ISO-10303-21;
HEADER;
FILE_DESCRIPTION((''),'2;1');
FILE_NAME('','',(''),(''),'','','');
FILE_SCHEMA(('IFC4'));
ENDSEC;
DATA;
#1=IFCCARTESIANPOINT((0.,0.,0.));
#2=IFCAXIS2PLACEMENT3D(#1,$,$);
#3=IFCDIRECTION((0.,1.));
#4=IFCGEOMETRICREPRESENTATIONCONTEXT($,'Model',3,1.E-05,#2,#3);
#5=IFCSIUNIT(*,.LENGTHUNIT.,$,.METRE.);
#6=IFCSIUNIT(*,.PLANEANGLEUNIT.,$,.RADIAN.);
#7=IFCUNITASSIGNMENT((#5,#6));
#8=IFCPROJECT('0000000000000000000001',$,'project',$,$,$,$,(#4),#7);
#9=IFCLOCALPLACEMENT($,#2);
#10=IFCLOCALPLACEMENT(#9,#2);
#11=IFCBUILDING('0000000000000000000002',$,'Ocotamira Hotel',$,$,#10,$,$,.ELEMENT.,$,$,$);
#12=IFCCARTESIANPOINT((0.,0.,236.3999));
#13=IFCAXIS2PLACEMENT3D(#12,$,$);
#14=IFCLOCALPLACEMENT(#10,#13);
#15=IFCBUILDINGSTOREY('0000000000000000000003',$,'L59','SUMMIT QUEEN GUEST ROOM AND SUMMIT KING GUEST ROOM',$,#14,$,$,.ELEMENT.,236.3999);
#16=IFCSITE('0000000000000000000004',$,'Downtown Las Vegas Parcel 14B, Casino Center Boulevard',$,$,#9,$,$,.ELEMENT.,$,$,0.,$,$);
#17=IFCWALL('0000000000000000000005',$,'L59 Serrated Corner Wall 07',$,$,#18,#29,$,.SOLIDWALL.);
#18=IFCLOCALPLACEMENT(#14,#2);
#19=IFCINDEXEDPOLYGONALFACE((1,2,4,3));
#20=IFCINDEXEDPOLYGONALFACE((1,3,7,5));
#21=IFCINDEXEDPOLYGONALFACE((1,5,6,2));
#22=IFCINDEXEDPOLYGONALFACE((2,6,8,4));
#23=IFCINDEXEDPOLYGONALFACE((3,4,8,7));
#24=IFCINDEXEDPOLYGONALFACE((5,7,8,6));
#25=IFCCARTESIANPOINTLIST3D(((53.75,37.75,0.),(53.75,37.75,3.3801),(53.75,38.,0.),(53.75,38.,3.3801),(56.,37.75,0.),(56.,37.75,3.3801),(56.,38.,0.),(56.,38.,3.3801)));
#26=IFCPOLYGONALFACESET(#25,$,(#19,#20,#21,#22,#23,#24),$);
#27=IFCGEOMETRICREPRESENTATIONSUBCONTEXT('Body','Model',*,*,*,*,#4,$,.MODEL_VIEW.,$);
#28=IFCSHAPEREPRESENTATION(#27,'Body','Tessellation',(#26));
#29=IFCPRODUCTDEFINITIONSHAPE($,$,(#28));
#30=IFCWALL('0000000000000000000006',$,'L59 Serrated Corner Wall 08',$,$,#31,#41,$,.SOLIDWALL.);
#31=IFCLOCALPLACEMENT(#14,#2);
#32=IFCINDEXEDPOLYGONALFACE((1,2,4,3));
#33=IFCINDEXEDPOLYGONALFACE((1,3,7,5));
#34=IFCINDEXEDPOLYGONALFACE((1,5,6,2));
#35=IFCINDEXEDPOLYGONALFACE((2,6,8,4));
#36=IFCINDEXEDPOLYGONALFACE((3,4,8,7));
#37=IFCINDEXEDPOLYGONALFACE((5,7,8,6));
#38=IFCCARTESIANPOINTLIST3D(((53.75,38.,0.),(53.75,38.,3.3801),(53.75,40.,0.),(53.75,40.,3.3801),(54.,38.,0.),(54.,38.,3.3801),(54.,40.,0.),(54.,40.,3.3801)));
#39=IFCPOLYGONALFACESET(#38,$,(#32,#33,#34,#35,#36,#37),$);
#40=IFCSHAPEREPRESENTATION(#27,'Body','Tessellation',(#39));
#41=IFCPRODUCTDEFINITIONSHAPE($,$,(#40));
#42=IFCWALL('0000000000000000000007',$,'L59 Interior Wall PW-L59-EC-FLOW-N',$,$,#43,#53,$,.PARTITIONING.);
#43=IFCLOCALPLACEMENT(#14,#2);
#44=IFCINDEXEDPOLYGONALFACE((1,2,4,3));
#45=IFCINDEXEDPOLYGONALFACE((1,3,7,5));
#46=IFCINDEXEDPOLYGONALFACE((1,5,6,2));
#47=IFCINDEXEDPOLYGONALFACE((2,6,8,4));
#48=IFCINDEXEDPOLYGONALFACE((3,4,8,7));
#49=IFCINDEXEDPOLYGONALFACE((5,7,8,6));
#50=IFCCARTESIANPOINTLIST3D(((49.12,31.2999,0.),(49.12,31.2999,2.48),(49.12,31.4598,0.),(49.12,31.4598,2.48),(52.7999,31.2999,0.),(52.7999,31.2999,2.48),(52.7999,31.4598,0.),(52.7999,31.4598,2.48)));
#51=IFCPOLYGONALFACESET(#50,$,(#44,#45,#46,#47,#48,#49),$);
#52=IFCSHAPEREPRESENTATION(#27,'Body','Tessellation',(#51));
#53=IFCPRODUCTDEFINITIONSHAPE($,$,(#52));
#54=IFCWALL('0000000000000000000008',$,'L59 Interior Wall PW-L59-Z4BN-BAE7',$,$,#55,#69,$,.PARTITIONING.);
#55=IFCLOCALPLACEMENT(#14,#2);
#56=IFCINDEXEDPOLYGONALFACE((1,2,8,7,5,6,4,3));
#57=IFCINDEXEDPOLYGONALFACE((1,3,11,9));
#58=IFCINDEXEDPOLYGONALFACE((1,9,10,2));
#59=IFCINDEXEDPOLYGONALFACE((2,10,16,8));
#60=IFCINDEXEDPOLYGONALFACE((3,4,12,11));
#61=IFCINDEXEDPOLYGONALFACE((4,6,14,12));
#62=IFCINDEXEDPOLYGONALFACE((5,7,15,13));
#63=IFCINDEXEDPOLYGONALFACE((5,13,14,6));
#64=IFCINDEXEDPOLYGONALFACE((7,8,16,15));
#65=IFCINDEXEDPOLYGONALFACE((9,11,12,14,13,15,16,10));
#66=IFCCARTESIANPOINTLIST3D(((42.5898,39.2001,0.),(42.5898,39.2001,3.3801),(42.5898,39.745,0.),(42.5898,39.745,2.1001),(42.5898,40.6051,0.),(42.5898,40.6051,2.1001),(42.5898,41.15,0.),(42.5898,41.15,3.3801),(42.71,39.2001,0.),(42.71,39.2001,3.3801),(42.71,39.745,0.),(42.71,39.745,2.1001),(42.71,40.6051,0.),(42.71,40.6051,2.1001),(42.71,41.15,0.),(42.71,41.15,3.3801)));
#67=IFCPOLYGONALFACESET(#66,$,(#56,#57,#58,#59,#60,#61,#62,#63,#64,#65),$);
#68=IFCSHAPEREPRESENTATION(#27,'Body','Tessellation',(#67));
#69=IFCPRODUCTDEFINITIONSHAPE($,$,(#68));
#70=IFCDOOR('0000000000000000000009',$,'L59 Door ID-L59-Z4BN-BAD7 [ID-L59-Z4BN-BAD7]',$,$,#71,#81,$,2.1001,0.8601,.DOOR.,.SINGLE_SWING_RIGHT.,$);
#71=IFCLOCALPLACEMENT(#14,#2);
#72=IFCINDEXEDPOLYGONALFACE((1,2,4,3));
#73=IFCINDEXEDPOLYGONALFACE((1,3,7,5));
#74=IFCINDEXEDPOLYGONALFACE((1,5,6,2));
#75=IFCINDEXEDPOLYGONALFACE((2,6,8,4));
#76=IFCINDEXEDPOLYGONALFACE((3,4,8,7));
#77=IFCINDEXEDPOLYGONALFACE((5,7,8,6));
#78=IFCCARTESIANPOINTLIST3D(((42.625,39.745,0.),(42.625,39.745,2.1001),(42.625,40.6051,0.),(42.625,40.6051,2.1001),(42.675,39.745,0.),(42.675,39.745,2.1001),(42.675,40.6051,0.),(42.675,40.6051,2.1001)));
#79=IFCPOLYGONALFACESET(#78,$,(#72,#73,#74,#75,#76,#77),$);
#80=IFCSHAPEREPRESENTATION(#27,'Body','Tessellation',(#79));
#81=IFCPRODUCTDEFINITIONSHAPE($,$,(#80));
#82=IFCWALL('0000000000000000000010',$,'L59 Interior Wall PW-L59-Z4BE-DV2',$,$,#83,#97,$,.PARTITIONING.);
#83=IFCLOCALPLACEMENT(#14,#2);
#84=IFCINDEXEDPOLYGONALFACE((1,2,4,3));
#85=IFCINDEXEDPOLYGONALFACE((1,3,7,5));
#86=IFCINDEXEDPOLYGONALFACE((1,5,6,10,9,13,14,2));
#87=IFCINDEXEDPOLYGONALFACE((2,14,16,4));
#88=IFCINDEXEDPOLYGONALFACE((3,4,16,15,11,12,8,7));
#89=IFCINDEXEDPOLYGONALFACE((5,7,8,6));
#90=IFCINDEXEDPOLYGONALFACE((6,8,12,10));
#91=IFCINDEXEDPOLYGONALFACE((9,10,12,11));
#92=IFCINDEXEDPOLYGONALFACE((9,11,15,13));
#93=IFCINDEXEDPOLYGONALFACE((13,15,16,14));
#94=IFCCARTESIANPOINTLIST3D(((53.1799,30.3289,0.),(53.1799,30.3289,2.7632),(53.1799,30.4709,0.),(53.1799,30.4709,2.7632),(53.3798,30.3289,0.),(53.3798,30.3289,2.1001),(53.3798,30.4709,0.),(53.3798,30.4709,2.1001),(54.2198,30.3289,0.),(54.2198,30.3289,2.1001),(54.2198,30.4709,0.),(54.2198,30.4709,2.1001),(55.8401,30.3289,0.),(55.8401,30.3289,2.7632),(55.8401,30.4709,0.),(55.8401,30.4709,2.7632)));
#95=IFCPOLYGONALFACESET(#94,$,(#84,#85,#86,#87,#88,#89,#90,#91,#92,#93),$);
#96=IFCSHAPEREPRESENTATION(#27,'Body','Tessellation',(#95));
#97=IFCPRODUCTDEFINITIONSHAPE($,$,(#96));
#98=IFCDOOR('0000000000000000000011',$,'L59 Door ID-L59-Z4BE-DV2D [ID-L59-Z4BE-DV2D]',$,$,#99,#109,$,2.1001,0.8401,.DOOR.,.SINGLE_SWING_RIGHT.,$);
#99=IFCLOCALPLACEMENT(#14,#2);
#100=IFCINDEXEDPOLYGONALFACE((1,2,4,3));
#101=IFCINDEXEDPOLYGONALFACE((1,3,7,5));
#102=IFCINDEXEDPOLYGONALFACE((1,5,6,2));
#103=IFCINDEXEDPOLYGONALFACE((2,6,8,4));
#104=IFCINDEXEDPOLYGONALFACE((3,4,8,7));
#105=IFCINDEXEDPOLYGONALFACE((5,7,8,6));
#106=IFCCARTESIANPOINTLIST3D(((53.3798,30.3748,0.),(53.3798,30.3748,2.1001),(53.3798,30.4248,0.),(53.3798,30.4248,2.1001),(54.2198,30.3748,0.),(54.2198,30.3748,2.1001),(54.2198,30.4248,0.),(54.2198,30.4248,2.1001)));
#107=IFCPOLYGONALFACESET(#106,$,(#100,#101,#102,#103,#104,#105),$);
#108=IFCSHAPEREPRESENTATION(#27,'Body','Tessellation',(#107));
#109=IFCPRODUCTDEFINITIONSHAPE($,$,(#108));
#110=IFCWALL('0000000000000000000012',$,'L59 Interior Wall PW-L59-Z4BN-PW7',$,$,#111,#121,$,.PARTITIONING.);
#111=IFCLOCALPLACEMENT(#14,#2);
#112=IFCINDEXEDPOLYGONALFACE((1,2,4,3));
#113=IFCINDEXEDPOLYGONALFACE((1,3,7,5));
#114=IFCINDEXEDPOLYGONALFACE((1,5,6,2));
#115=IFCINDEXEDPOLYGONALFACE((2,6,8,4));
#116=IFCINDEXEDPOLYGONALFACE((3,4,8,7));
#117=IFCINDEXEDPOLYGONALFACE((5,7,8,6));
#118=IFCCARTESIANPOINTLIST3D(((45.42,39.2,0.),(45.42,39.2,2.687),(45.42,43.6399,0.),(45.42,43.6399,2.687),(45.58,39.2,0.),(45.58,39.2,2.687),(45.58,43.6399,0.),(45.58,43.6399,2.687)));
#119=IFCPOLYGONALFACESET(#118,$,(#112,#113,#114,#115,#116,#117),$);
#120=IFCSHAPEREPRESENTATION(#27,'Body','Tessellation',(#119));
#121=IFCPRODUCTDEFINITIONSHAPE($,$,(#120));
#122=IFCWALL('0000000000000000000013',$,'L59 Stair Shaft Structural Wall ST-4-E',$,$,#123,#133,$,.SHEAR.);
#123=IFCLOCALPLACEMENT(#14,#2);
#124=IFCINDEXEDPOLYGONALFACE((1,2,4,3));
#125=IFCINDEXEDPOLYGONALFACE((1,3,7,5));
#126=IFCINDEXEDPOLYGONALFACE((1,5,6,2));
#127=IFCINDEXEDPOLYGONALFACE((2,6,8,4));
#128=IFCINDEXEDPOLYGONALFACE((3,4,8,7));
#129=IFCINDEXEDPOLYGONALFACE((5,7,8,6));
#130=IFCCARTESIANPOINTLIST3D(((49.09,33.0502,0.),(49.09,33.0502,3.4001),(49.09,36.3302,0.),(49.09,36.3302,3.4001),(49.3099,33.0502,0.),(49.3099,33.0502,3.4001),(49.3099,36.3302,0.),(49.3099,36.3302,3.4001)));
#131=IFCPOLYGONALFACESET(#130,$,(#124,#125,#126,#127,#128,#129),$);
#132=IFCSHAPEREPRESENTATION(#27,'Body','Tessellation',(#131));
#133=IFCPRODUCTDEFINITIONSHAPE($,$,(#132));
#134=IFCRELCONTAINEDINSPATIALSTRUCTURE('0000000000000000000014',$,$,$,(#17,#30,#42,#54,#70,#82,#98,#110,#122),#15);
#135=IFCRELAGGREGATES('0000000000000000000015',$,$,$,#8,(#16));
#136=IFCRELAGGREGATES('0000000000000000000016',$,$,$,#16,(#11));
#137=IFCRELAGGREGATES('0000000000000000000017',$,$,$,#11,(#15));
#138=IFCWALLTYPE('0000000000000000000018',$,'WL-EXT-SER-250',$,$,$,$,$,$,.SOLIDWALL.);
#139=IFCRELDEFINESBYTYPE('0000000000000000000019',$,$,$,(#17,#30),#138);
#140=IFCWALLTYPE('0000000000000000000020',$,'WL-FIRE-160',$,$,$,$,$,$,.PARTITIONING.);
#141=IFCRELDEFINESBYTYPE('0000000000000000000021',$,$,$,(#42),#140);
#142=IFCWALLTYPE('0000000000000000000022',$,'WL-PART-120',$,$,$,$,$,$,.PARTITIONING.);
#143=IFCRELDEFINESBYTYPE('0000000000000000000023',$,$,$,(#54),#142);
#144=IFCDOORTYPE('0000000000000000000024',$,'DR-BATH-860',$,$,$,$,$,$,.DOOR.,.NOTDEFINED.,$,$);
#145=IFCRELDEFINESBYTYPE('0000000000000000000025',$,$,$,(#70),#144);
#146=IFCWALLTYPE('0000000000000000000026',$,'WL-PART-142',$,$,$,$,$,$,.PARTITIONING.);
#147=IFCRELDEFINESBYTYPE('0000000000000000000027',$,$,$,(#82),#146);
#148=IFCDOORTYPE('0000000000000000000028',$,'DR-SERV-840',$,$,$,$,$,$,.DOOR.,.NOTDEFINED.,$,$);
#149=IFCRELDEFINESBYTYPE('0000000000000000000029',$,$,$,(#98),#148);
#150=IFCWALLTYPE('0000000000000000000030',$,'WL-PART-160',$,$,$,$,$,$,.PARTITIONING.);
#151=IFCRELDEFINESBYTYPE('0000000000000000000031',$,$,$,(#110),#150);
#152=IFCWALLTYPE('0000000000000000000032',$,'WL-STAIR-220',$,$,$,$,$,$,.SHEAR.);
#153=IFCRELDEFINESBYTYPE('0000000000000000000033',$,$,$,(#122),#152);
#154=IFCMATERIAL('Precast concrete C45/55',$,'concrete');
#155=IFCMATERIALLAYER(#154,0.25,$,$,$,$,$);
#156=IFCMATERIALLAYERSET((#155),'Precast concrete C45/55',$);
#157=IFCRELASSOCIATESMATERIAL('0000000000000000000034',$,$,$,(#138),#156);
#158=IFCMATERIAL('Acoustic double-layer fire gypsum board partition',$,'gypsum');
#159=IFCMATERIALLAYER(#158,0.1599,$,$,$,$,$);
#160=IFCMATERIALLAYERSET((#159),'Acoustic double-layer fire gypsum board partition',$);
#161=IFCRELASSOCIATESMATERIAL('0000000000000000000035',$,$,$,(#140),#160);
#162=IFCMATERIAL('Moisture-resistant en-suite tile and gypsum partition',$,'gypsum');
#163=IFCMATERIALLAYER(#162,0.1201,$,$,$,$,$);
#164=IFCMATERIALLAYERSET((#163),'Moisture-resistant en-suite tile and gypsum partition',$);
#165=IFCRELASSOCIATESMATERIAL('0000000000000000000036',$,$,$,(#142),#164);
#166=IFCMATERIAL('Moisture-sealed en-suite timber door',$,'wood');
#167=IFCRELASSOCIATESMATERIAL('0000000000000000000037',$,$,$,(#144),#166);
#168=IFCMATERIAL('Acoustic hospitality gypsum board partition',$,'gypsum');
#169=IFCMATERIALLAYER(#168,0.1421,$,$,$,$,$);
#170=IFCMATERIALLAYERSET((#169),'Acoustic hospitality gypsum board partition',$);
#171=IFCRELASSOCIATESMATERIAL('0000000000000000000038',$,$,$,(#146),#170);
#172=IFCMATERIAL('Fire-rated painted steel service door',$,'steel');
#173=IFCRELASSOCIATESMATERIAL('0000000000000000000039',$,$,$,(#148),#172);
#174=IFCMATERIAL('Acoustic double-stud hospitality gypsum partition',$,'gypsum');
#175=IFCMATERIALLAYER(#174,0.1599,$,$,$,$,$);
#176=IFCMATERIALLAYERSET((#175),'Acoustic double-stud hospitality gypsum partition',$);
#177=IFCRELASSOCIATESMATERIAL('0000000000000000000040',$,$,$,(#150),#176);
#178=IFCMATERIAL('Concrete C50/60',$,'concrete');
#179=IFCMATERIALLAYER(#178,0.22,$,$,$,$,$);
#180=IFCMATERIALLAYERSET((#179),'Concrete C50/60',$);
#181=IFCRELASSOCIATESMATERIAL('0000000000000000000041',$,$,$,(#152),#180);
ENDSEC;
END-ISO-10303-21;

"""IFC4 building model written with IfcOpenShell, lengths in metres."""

from ifc_helpers import new_model, si_unit, direction, frame, frame_2d, origin, place, context, subcontext, project, spatial, rectangle, extrude, source, transform, mapped, material, layer, layer_set, type_object, element, fill, save


model = new_model("IFC4")

# Units and contexts
model_context = context("Model", 3, precision=1e-05, world=origin(), true_north=direction((0.0, 1.0)))
body_context = subcontext(model_context, "Body", "Model", "MODEL_VIEW")
ifc_project = project(units=[si_unit("LENGTHUNIT", "METRE"), si_unit("PLANEANGLEUNIT", "RADIAN")], contexts=[model_context])

# Site, building, storey
site_placement = place(None, origin())
site = spatial("IfcSite", under=ifc_project, at=site_placement, Name="Downtown Las Vegas Parcel 14B, Casino Center Boulevard", CompositionType="ELEMENT", RefElevation=0.0)
building_placement = place(site_placement, origin())
building = spatial("IfcBuilding", under=site, at=building_placement, Name="Ocotamira Hotel", CompositionType="ELEMENT")
storey_placement = place(building_placement, frame((0.0, 0.0, 236.3999)))
storey = spatial("IfcBuildingStorey", under=building, at=storey_placement, Name="L59", Description="SUMMIT QUEEN GUEST ROOM AND SUMMIT KING GUEST ROOM", CompositionType="ELEMENT", Elevation=236.3999)

# Walls
ifc_material_1 = material(Name="Precast concrete C45/55", Category="concrete")
ifc_layer_1 = layer(ifc_material_1, 0.25)
ifc_layer_set_1 = layer_set([ifc_layer_1], Name="Precast concrete C45/55")
wall_type_1 = type_object("IfcWallType", Name="WL-EXT-SER-250", PredefinedType="SOLIDWALL", material=ifc_layer_set_1)
wall_1_placement = place(storey_placement, frame((56.0, 37.875, 0.0), z_axis=(0.0, 0.0, 1.0), x_axis=(-1.0, 0.0, 0.0)))
element("IfcWall", 1, at=wall_1_placement, inside=storey, type_object=wall_type_1, Name="L59 Serrated Corner Wall 07", PredefinedType="SOLIDWALL", context=body_context, shape_type="SweptSolid", body=[
    extrude(rectangle(XDim=2.25, YDim=0.25, at=frame_2d((1.125, 0.0))), origin(), (0.0, 0.0, 1.0), 3.3801),
])
wall_2_placement = place(storey_placement, frame((53.875, 38.0, 0.0), z_axis=(0.0, 0.0, 1.0), x_axis=(0.0, 1.0, 0.0)))
element("IfcWall", 2, at=wall_2_placement, inside=storey, type_object=wall_type_1, Name="L59 Serrated Corner Wall 08", PredefinedType="SOLIDWALL", context=body_context, shape_type="SweptSolid", body=[
    extrude(rectangle(XDim=2.0, YDim=0.25, at=frame_2d((1.0, 0.0))), origin(), (0.0, 0.0, 1.0), 3.3801),
])
ifc_material_2 = material(Name="Acoustic double-layer fire gypsum board partition", Category="gypsum")
ifc_layer_2 = layer(ifc_material_2, 0.1599)
ifc_layer_set_2 = layer_set([ifc_layer_2], Name="Acoustic double-layer fire gypsum board partition")
wall_type_2 = type_object("IfcWallType", Name="WL-FIRE-160", PredefinedType="PARTITIONING", material=ifc_layer_set_2)
wall_3_placement = place(storey_placement, frame((49.1201, 31.3799, 0.0), z_axis=(0.0, 0.0, 1.0), x_axis=(1.0, 0.0, 0.0)))
element("IfcWall", 3, at=wall_3_placement, inside=storey, type_object=wall_type_2, Name="L59 Interior Wall PW-L59-EC-FLOW-N", PredefinedType="PARTITIONING", context=body_context, shape_type="SweptSolid", body=[
    extrude(rectangle(XDim=3.6799, YDim=0.1599, at=frame_2d((1.8398, 0.0))), origin(), (0.0, 0.0, 1.0), 2.48),
])

# Walls, openings, doors
ifc_material_3 = material(Name="Moisture-resistant en-suite tile and gypsum partition", Category="gypsum")
ifc_layer_3 = layer(ifc_material_3, 0.1201)
ifc_layer_set_3 = layer_set([ifc_layer_3], Name="Moisture-resistant en-suite tile and gypsum partition")
wall_type_3 = type_object("IfcWallType", Name="WL-PART-120", PredefinedType="PARTITIONING", material=ifc_layer_set_3)
wall_4_placement = place(storey_placement, frame((42.6499, 39.2, 0.0), z_axis=(0.0, 0.0, 1.0), x_axis=(0.0, 1.0, 0.0)))
wall_4 = element("IfcWall", 4, at=wall_4_placement, inside=storey, type_object=wall_type_3, Name="L59 Interior Wall PW-L59-Z4BN-BAE7", PredefinedType="PARTITIONING", context=body_context, shape_type="SweptSolid", body=[
    extrude(rectangle(XDim=1.95, YDim=0.1201, at=frame_2d((0.9751, 0.0))), origin(), (0.0, 0.0, 1.0), 3.3801),
])
opening_1_placement = place(wall_4_placement, frame((0.5449, 0.0, 0.0)))
opening_1 = element("IfcOpeningElement", 5, at=opening_1_placement, cuts=wall_4, PredefinedType="OPENING", context=body_context, shape_type="SweptSolid", body=[
    extrude(rectangle(XDim=0.8601, YDim=2.1001, at=frame_2d((0.4302, 1.05))), frame((0.0, 0.0701, 0.0), z_axis=(0.0, -1.0, 0.0), x_axis=(1.0, 0.0, 0.0)), (0.0, 0.0, 1.0), 0.1401),
])
ifc_material_4 = material(Name="Moisture-sealed en-suite timber door", Category="wood")
door_type_1 = type_object("IfcDoorType", Name="DR-BATH-860", OperationType="NOTDEFINED", PredefinedType="DOOR", material=ifc_material_4)
shared_shape_1 = source(origin(), body_context, "Body", "SweptSolid", [
    extrude(rectangle(XDim=0.8601, YDim=2.1001, at=frame_2d((0.4302, 1.05))), frame((0.0, 0.0249, 0.0), z_axis=(0.0, -1.0, 0.0), x_axis=(1.0, 0.0, 0.0)), (0.0, 0.0, 1.0), 0.05),
])
door_1_placement = place(opening_1_placement, origin())
door_1 = element("IfcDoor", 6, at=door_1_placement, inside=storey, type_object=door_type_1, Name="L59 Door ID-L59-Z4BN-BAD7 [ID-L59-Z4BN-BAD7]", OperationType="SINGLE_SWING_RIGHT", OverallHeight=2.1001, OverallWidth=0.8601, PredefinedType="DOOR", context=body_context, shape_type="MappedRepresentation", body=[
    mapped(shared_shape_1, transform((0.0, 0.0, 0.0), scale=1.0)),
])
fill(opening_1, door_1)
ifc_material_5 = material(Name="Acoustic hospitality gypsum board partition", Category="gypsum")
ifc_layer_4 = layer(ifc_material_5, 0.1421)
ifc_layer_set_4 = layer_set([ifc_layer_4], Name="Acoustic hospitality gypsum board partition")
wall_type_4 = type_object("IfcWallType", Name="WL-PART-142", PredefinedType="PARTITIONING", material=ifc_layer_set_4)
wall_5_placement = place(storey_placement, frame((53.1799, 30.3999, 0.0), z_axis=(0.0, 0.0, 1.0), x_axis=(1.0, 0.0, 0.0)))
wall_5 = element("IfcWall", 7, at=wall_5_placement, inside=storey, type_object=wall_type_4, Name="L59 Interior Wall PW-L59-Z4BE-DV2", PredefinedType="PARTITIONING", context=body_context, shape_type="SweptSolid", body=[
    extrude(rectangle(XDim=2.6602, YDim=0.1421, at=frame_2d((1.3301, 0.0))), origin(), (0.0, 0.0, 1.0), 2.7632),
])
opening_2_placement = place(wall_5_placement, frame((0.2, 0.0, 0.0)))
opening_2 = element("IfcOpeningElement", 8, at=opening_2_placement, cuts=wall_5, PredefinedType="OPENING", context=body_context, shape_type="SweptSolid", body=[
    extrude(rectangle(XDim=0.8401, YDim=2.1001, at=frame_2d((0.4199, 1.05))), frame((0.0, 0.0811, 0.0), z_axis=(0.0, -1.0, 0.0), x_axis=(1.0, 0.0, 0.0)), (0.0, 0.0, 1.0), 0.1621),
])
ifc_material_6 = material(Name="Fire-rated painted steel service door", Category="steel")
door_type_2 = type_object("IfcDoorType", Name="DR-SERV-840", OperationType="NOTDEFINED", PredefinedType="DOOR", material=ifc_material_6)
shared_shape_2 = source(origin(), body_context, "Body", "SweptSolid", [
    extrude(rectangle(XDim=0.8401, YDim=2.1001, at=frame_2d((0.4199, 1.05))), frame((0.0, 0.0249, 0.0), z_axis=(0.0, -1.0, 0.0), x_axis=(1.0, 0.0, 0.0)), (0.0, 0.0, 1.0), 0.05),
])
door_2_placement = place(opening_2_placement, origin())
door_2 = element("IfcDoor", 9, at=door_2_placement, inside=storey, type_object=door_type_2, Name="L59 Door ID-L59-Z4BE-DV2D [ID-L59-Z4BE-DV2D]", OperationType="SINGLE_SWING_RIGHT", OverallHeight=2.1001, OverallWidth=0.8401, PredefinedType="DOOR", context=body_context, shape_type="MappedRepresentation", body=[
    mapped(shared_shape_2, transform((0.0, 0.0, 0.0), scale=1.0)),
])
fill(opening_2, door_2)

# Walls
ifc_material_7 = material(Name="Acoustic double-stud hospitality gypsum partition", Category="gypsum")
ifc_layer_5 = layer(ifc_material_7, 0.1599)
ifc_layer_set_5 = layer_set([ifc_layer_5], Name="Acoustic double-stud hospitality gypsum partition")
wall_type_5 = type_object("IfcWallType", Name="WL-PART-160", PredefinedType="PARTITIONING", material=ifc_layer_set_5)
wall_6_placement = place(storey_placement, frame((45.5, 39.2, 0.0), z_axis=(0.0, 0.0, 1.0), x_axis=(0.0, 1.0, 0.0)))
element("IfcWall", 10, at=wall_6_placement, inside=storey, type_object=wall_type_5, Name="L59 Interior Wall PW-L59-Z4BN-PW7", PredefinedType="PARTITIONING", context=body_context, shape_type="SweptSolid", body=[
    extrude(rectangle(XDim=4.4399, YDim=0.1599, at=frame_2d((2.22, 0.0))), origin(), (0.0, 0.0, 1.0), 2.687),
])
ifc_material_8 = material(Name="Concrete C50/60", Category="concrete")
ifc_layer_6 = layer(ifc_material_8, 0.22)
ifc_layer_set_6 = layer_set([ifc_layer_6], Name="Concrete C50/60")
wall_type_6 = type_object("IfcWallType", Name="WL-STAIR-220", PredefinedType="SHEAR", material=ifc_layer_set_6)
wall_7_placement = place(storey_placement, frame((49.2, 33.05, 0.0), z_axis=(0.0, 0.0, 1.0), x_axis=(0.0, 1.0, 0.0)))
element("IfcWall", 11, at=wall_7_placement, inside=storey, type_object=wall_type_6, Name="L59 Stair Shaft Structural Wall ST-4-E", PredefinedType="SHEAR", context=body_context, shape_type="SweptSolid", body=[
    extrude(rectangle(XDim=3.28, YDim=0.22, at=frame_2d((1.6401, 0.0))), origin(), (0.0, 0.0, 1.0), 3.4001),
])

save(model, "model.ifc")
